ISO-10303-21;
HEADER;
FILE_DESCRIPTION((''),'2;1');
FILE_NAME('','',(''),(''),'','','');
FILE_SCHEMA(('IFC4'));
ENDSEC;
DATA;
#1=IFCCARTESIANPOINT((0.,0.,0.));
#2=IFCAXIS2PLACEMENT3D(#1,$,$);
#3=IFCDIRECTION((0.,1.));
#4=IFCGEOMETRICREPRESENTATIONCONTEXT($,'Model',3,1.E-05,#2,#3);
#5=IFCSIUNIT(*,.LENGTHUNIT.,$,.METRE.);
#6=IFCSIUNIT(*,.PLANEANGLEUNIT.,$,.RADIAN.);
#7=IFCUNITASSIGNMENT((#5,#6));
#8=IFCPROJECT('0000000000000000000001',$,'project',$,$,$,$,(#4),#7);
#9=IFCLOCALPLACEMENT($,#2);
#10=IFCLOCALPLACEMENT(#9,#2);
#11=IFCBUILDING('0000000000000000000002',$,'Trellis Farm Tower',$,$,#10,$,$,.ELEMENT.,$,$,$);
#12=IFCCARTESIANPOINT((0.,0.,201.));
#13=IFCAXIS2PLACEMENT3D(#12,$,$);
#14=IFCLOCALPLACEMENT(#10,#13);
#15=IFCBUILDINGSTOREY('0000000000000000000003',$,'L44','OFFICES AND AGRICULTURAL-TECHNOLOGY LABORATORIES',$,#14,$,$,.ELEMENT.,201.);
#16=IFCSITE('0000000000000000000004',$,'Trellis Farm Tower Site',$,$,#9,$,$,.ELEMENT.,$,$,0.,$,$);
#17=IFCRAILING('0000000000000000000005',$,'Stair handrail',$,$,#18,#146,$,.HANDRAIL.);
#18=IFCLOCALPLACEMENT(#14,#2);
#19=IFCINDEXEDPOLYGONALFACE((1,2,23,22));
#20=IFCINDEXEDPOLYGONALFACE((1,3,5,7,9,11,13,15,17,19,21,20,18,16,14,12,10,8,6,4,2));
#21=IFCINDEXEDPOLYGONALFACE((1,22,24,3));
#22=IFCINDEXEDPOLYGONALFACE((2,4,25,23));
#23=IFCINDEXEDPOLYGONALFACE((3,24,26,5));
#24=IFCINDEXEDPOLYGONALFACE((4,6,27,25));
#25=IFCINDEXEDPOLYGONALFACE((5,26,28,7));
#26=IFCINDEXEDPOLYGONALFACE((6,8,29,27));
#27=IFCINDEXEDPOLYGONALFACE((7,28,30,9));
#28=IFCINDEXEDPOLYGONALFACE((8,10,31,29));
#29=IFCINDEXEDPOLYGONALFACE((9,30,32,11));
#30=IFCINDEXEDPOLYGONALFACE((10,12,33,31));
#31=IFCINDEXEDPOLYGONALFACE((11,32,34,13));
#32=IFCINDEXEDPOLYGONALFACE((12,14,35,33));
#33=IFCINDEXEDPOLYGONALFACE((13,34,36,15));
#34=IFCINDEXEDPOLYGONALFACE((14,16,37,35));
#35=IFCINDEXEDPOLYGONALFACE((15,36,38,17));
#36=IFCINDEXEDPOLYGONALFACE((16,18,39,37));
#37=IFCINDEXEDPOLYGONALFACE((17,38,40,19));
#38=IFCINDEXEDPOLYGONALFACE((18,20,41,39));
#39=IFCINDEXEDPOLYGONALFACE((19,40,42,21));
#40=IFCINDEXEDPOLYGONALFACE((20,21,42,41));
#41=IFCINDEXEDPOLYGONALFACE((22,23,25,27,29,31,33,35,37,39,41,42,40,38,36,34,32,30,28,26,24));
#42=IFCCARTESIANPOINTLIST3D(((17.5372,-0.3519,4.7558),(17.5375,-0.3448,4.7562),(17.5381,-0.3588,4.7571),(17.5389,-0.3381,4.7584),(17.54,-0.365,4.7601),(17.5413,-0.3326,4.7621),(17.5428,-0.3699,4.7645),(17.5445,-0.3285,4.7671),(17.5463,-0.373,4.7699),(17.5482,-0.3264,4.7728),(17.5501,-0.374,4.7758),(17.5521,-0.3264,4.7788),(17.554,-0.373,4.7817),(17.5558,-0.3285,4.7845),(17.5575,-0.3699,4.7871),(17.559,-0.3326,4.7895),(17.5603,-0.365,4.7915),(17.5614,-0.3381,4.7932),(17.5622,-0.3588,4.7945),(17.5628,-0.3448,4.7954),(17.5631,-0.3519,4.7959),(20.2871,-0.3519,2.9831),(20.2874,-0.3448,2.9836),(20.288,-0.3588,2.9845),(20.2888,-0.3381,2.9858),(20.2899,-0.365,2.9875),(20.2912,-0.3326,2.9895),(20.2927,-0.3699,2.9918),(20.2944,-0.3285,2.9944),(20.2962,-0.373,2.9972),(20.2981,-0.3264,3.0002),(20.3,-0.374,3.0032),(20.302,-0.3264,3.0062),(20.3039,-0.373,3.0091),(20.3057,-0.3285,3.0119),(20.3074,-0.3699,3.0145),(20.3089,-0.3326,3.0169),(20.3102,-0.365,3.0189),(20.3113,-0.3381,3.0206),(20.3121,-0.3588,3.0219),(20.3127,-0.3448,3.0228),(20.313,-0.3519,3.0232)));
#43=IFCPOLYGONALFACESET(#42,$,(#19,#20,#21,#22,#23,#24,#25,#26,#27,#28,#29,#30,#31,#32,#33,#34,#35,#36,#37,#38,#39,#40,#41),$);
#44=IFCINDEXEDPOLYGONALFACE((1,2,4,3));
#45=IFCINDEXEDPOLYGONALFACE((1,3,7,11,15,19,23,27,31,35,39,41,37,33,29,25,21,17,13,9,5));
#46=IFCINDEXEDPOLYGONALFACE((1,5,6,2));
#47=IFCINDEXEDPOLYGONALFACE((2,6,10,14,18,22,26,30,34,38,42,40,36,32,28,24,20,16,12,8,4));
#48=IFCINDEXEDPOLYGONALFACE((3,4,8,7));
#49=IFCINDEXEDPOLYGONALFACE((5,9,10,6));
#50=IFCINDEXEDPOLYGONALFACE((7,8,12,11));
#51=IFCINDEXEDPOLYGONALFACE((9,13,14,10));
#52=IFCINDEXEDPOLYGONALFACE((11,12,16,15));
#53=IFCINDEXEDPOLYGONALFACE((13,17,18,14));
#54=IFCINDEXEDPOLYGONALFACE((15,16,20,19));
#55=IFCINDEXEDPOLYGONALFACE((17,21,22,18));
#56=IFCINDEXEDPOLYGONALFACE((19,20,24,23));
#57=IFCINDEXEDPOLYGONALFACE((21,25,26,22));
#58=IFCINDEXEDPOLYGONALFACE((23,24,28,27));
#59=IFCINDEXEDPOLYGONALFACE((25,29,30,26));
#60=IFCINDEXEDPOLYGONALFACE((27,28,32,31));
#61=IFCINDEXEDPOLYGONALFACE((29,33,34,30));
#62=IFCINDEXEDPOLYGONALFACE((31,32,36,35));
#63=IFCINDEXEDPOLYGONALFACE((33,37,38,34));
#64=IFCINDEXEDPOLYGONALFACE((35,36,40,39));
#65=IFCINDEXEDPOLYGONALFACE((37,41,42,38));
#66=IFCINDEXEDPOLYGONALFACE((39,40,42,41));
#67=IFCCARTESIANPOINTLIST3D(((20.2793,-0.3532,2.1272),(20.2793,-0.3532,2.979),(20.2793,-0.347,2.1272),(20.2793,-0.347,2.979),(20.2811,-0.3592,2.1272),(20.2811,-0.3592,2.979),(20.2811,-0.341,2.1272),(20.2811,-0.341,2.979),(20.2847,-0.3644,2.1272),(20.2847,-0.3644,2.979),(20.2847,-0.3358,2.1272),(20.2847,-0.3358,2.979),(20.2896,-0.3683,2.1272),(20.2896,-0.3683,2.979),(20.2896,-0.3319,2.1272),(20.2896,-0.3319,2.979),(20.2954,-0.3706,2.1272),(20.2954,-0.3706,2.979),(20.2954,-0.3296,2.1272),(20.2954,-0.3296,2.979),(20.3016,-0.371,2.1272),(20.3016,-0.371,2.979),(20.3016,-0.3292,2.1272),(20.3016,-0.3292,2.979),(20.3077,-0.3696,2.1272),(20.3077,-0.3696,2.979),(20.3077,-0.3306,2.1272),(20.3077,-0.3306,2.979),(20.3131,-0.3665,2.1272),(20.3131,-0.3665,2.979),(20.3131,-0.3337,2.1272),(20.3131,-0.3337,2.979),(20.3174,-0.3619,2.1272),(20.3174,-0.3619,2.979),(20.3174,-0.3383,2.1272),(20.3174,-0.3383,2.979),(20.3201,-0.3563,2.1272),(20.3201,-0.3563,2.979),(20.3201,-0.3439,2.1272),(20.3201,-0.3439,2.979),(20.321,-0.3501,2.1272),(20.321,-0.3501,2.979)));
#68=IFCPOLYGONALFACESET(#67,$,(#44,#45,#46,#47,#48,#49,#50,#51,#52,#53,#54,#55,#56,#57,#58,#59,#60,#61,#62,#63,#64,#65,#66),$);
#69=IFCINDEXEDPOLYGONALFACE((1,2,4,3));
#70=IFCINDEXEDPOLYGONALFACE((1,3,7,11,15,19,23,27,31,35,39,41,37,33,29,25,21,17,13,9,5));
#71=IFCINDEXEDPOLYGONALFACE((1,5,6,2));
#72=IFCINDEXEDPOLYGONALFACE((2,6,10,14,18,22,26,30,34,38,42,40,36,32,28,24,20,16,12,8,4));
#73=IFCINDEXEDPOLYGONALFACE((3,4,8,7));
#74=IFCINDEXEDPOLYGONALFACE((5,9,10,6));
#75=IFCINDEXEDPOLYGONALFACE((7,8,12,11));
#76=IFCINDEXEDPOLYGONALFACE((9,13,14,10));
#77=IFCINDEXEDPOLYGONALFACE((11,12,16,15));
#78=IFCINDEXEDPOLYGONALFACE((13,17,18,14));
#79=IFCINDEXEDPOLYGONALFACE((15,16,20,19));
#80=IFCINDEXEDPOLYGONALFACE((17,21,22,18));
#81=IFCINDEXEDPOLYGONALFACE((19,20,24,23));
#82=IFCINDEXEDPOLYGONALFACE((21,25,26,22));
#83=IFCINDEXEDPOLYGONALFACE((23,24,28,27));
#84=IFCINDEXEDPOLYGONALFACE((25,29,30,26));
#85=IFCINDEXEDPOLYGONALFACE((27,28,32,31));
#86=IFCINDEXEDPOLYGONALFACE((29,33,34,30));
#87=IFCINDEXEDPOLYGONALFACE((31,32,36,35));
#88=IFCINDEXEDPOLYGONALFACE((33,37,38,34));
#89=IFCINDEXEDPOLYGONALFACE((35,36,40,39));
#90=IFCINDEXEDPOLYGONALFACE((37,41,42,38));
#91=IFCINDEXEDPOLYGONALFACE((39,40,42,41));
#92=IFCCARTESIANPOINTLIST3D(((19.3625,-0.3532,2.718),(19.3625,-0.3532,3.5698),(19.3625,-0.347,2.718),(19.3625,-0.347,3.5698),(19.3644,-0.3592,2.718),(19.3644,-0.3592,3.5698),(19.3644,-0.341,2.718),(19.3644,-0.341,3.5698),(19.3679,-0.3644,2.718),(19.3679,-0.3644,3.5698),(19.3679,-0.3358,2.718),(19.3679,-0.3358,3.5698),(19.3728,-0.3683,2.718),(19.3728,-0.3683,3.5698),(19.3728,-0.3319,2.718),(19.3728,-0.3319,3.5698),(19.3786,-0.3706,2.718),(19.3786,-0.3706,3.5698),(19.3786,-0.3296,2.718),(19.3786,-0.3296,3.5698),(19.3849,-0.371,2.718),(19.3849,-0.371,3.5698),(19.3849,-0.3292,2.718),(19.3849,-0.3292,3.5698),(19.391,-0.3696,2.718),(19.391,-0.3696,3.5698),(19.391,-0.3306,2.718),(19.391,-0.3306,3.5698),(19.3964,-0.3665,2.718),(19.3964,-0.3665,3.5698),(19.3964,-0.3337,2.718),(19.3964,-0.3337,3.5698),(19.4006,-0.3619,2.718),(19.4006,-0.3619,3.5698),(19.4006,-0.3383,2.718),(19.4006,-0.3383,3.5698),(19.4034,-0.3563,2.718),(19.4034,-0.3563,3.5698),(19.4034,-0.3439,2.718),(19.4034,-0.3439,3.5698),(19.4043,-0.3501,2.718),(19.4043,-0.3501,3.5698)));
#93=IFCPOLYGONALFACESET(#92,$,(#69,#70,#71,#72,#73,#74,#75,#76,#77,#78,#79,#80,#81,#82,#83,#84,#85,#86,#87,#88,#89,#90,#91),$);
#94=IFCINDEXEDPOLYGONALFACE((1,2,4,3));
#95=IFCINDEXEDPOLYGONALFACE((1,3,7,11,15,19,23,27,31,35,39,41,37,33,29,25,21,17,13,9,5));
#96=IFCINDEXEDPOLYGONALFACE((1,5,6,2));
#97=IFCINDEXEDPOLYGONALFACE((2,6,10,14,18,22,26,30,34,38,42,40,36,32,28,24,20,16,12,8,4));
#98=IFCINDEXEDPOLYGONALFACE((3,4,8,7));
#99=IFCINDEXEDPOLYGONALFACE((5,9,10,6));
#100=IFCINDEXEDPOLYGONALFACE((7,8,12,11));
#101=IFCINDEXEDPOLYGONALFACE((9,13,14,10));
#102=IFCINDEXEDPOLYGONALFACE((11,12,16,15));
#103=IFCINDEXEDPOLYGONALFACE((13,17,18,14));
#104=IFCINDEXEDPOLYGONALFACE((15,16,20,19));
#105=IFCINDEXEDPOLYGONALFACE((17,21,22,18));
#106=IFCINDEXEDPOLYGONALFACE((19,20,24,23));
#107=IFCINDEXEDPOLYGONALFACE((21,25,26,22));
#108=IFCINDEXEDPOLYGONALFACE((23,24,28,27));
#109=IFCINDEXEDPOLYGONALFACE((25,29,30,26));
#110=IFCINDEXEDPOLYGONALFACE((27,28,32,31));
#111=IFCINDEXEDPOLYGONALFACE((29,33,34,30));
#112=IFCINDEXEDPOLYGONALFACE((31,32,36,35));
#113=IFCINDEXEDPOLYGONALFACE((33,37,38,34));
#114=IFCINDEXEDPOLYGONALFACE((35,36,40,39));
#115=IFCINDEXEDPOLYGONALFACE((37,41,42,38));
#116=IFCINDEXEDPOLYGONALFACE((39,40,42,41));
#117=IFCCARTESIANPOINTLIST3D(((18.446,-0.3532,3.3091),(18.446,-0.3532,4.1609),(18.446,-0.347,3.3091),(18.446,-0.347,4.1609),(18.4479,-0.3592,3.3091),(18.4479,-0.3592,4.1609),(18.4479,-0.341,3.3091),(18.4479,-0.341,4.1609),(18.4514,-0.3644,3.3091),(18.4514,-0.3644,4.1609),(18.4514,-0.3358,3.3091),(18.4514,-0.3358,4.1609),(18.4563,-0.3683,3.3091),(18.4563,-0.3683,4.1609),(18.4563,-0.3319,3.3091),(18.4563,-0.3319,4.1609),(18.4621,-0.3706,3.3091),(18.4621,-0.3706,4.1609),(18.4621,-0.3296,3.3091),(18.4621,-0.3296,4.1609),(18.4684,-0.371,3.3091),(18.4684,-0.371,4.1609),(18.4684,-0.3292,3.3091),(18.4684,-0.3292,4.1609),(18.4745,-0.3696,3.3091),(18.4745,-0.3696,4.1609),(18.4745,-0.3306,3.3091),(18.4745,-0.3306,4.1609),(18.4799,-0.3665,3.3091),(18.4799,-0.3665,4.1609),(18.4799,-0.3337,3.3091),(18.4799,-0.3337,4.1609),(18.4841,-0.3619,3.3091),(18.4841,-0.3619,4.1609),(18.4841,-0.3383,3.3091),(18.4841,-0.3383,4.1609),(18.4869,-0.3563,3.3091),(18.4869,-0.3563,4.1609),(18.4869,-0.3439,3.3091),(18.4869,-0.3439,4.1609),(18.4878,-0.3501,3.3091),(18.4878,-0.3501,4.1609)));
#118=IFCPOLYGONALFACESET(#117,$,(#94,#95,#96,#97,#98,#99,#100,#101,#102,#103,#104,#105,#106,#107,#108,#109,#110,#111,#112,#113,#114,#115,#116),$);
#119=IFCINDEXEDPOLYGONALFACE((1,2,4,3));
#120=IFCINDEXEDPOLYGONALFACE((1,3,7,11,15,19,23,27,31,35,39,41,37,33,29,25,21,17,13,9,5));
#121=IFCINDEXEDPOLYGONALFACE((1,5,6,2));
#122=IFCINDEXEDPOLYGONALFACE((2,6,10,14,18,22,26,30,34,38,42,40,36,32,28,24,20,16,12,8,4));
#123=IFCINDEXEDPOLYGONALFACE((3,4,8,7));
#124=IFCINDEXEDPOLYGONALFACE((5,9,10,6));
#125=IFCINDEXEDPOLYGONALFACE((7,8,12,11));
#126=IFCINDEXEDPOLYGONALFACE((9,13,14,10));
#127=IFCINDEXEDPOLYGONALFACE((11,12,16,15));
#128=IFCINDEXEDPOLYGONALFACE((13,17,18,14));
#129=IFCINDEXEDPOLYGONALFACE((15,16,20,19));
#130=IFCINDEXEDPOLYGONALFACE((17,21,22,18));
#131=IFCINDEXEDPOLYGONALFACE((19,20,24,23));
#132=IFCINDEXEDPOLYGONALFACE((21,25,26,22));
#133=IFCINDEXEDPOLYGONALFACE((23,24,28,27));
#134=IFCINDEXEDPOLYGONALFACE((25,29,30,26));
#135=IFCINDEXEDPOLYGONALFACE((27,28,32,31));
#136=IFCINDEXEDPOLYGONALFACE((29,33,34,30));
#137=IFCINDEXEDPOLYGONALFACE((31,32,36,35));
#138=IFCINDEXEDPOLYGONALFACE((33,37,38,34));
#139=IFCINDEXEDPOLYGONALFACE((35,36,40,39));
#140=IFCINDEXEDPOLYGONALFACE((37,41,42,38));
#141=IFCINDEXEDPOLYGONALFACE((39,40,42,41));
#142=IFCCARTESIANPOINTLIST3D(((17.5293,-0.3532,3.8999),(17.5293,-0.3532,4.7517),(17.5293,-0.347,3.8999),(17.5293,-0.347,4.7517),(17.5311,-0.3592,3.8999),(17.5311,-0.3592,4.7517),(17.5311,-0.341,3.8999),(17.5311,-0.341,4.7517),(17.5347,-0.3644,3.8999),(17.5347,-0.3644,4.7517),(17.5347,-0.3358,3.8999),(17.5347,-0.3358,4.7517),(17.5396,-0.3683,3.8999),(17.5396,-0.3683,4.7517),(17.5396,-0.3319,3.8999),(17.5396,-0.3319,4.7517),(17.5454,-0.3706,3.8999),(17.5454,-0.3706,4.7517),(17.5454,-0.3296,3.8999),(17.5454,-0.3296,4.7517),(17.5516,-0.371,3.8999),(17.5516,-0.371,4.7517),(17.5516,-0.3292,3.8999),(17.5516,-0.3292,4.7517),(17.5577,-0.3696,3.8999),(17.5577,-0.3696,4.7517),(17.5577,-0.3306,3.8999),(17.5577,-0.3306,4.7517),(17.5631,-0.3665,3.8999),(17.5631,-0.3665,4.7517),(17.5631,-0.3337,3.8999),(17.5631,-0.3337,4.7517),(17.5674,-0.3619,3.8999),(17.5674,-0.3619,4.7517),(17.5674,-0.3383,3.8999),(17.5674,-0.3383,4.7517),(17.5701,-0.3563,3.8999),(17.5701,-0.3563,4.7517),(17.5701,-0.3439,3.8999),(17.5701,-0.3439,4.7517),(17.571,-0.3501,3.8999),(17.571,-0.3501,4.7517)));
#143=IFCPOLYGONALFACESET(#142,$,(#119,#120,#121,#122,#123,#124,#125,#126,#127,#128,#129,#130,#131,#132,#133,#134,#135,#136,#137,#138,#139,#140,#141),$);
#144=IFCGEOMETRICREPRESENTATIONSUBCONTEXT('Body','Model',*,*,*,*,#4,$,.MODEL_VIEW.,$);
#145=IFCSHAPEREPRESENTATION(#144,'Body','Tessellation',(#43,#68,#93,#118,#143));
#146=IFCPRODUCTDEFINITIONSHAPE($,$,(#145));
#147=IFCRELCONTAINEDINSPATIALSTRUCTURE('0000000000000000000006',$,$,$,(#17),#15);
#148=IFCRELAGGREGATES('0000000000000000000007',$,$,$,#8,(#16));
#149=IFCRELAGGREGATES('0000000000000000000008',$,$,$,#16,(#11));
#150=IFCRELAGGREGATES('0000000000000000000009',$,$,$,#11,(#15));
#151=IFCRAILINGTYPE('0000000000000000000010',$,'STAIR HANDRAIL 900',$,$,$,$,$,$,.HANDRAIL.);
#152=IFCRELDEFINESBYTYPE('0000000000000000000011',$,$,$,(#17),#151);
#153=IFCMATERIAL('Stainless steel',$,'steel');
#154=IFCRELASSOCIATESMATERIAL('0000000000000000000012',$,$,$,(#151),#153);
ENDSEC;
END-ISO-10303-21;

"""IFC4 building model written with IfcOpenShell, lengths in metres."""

from ifc_helpers import new_model, si_unit, direction, frame, origin, origin_2d, place, context, subcontext, project, spatial, circle, extrude, source, transform, mapped, material, type_object, element, save


model = new_model("IFC4")

# Units and contexts
model_context = context("Model", 3, precision=1e-05, world=origin(), true_north=direction((0.0, 1.0)))
body_context = subcontext(model_context, "Body", "Model", "MODEL_VIEW")
ifc_project = project(units=[si_unit("LENGTHUNIT", "METRE"), si_unit("PLANEANGLEUNIT", "RADIAN")], contexts=[model_context])

# Site, building, storey
site_placement = place(None, origin())
site = spatial("IfcSite", under=ifc_project, at=site_placement, Name="Trellis Farm Tower Site", CompositionType="ELEMENT", RefElevation=0.0)
building_placement = place(site_placement, origin())
building = spatial("IfcBuilding", under=site, at=building_placement, Name="Trellis Farm Tower", CompositionType="ELEMENT")
storey_placement = place(building_placement, frame((0.0, 0.0, 201.0)))
storey = spatial("IfcBuildingStorey", under=building, at=storey_placement, Name="L44", Description="OFFICES AND AGRICULTURAL-TECHNOLOGY LABORATORIES", CompositionType="ELEMENT", Elevation=201.0)

# Railing
ifc_material_1 = material(Name="Stainless steel", Category="steel")
railing_type = type_object("IfcRailingType", Name="STAIR HANDRAIL 900", PredefinedType="HANDRAIL", material=ifc_material_1)
shared_shape_1 = source(origin(), body_context, "Body", "SweptSolid", [
    extrude(circle(Radius=0.0239, at=origin_2d()), frame((0.0, 0.0, 0.876), z_axis=(-0.840504, 0.0, 0.541806), x_axis=(0.0, -1.0, 0.0)), (0.0, 0.0, 1.0), 3.2717),
    extrude(circle(Radius=0.021, at=origin_2d()), origin(), (0.0, 0.0, 1.0), 0.8518),
    extrude(circle(Radius=0.021, at=origin_2d()), frame((-0.9167, 0.0, 0.5908)), (0.0, 0.0, 1.0), 0.8518),
    extrude(circle(Radius=0.021, at=origin_2d()), frame((-1.8333, 0.0, 1.1819)), (0.0, 0.0, 1.0), 0.8518),
    extrude(circle(Radius=0.021, at=origin_2d()), frame((-2.75, 0.0, 1.7727)), (0.0, 0.0, 1.0), 0.8518),
])
for number, where, name in (
    (1, (20.3, -0.3501, 2.1272), "Stair handrail"),
):
    element("IfcRailing", number, at=place(storey_placement, frame(where)), inside=storey, type_object=railing_type, Name=name, PredefinedType="HANDRAIL", context=body_context, shape_type="MappedRepresentation", body=[
        mapped(shared_shape_1, transform((0.0, 0.0, 0.0))),
    ])

save(model, "model.ifc")
